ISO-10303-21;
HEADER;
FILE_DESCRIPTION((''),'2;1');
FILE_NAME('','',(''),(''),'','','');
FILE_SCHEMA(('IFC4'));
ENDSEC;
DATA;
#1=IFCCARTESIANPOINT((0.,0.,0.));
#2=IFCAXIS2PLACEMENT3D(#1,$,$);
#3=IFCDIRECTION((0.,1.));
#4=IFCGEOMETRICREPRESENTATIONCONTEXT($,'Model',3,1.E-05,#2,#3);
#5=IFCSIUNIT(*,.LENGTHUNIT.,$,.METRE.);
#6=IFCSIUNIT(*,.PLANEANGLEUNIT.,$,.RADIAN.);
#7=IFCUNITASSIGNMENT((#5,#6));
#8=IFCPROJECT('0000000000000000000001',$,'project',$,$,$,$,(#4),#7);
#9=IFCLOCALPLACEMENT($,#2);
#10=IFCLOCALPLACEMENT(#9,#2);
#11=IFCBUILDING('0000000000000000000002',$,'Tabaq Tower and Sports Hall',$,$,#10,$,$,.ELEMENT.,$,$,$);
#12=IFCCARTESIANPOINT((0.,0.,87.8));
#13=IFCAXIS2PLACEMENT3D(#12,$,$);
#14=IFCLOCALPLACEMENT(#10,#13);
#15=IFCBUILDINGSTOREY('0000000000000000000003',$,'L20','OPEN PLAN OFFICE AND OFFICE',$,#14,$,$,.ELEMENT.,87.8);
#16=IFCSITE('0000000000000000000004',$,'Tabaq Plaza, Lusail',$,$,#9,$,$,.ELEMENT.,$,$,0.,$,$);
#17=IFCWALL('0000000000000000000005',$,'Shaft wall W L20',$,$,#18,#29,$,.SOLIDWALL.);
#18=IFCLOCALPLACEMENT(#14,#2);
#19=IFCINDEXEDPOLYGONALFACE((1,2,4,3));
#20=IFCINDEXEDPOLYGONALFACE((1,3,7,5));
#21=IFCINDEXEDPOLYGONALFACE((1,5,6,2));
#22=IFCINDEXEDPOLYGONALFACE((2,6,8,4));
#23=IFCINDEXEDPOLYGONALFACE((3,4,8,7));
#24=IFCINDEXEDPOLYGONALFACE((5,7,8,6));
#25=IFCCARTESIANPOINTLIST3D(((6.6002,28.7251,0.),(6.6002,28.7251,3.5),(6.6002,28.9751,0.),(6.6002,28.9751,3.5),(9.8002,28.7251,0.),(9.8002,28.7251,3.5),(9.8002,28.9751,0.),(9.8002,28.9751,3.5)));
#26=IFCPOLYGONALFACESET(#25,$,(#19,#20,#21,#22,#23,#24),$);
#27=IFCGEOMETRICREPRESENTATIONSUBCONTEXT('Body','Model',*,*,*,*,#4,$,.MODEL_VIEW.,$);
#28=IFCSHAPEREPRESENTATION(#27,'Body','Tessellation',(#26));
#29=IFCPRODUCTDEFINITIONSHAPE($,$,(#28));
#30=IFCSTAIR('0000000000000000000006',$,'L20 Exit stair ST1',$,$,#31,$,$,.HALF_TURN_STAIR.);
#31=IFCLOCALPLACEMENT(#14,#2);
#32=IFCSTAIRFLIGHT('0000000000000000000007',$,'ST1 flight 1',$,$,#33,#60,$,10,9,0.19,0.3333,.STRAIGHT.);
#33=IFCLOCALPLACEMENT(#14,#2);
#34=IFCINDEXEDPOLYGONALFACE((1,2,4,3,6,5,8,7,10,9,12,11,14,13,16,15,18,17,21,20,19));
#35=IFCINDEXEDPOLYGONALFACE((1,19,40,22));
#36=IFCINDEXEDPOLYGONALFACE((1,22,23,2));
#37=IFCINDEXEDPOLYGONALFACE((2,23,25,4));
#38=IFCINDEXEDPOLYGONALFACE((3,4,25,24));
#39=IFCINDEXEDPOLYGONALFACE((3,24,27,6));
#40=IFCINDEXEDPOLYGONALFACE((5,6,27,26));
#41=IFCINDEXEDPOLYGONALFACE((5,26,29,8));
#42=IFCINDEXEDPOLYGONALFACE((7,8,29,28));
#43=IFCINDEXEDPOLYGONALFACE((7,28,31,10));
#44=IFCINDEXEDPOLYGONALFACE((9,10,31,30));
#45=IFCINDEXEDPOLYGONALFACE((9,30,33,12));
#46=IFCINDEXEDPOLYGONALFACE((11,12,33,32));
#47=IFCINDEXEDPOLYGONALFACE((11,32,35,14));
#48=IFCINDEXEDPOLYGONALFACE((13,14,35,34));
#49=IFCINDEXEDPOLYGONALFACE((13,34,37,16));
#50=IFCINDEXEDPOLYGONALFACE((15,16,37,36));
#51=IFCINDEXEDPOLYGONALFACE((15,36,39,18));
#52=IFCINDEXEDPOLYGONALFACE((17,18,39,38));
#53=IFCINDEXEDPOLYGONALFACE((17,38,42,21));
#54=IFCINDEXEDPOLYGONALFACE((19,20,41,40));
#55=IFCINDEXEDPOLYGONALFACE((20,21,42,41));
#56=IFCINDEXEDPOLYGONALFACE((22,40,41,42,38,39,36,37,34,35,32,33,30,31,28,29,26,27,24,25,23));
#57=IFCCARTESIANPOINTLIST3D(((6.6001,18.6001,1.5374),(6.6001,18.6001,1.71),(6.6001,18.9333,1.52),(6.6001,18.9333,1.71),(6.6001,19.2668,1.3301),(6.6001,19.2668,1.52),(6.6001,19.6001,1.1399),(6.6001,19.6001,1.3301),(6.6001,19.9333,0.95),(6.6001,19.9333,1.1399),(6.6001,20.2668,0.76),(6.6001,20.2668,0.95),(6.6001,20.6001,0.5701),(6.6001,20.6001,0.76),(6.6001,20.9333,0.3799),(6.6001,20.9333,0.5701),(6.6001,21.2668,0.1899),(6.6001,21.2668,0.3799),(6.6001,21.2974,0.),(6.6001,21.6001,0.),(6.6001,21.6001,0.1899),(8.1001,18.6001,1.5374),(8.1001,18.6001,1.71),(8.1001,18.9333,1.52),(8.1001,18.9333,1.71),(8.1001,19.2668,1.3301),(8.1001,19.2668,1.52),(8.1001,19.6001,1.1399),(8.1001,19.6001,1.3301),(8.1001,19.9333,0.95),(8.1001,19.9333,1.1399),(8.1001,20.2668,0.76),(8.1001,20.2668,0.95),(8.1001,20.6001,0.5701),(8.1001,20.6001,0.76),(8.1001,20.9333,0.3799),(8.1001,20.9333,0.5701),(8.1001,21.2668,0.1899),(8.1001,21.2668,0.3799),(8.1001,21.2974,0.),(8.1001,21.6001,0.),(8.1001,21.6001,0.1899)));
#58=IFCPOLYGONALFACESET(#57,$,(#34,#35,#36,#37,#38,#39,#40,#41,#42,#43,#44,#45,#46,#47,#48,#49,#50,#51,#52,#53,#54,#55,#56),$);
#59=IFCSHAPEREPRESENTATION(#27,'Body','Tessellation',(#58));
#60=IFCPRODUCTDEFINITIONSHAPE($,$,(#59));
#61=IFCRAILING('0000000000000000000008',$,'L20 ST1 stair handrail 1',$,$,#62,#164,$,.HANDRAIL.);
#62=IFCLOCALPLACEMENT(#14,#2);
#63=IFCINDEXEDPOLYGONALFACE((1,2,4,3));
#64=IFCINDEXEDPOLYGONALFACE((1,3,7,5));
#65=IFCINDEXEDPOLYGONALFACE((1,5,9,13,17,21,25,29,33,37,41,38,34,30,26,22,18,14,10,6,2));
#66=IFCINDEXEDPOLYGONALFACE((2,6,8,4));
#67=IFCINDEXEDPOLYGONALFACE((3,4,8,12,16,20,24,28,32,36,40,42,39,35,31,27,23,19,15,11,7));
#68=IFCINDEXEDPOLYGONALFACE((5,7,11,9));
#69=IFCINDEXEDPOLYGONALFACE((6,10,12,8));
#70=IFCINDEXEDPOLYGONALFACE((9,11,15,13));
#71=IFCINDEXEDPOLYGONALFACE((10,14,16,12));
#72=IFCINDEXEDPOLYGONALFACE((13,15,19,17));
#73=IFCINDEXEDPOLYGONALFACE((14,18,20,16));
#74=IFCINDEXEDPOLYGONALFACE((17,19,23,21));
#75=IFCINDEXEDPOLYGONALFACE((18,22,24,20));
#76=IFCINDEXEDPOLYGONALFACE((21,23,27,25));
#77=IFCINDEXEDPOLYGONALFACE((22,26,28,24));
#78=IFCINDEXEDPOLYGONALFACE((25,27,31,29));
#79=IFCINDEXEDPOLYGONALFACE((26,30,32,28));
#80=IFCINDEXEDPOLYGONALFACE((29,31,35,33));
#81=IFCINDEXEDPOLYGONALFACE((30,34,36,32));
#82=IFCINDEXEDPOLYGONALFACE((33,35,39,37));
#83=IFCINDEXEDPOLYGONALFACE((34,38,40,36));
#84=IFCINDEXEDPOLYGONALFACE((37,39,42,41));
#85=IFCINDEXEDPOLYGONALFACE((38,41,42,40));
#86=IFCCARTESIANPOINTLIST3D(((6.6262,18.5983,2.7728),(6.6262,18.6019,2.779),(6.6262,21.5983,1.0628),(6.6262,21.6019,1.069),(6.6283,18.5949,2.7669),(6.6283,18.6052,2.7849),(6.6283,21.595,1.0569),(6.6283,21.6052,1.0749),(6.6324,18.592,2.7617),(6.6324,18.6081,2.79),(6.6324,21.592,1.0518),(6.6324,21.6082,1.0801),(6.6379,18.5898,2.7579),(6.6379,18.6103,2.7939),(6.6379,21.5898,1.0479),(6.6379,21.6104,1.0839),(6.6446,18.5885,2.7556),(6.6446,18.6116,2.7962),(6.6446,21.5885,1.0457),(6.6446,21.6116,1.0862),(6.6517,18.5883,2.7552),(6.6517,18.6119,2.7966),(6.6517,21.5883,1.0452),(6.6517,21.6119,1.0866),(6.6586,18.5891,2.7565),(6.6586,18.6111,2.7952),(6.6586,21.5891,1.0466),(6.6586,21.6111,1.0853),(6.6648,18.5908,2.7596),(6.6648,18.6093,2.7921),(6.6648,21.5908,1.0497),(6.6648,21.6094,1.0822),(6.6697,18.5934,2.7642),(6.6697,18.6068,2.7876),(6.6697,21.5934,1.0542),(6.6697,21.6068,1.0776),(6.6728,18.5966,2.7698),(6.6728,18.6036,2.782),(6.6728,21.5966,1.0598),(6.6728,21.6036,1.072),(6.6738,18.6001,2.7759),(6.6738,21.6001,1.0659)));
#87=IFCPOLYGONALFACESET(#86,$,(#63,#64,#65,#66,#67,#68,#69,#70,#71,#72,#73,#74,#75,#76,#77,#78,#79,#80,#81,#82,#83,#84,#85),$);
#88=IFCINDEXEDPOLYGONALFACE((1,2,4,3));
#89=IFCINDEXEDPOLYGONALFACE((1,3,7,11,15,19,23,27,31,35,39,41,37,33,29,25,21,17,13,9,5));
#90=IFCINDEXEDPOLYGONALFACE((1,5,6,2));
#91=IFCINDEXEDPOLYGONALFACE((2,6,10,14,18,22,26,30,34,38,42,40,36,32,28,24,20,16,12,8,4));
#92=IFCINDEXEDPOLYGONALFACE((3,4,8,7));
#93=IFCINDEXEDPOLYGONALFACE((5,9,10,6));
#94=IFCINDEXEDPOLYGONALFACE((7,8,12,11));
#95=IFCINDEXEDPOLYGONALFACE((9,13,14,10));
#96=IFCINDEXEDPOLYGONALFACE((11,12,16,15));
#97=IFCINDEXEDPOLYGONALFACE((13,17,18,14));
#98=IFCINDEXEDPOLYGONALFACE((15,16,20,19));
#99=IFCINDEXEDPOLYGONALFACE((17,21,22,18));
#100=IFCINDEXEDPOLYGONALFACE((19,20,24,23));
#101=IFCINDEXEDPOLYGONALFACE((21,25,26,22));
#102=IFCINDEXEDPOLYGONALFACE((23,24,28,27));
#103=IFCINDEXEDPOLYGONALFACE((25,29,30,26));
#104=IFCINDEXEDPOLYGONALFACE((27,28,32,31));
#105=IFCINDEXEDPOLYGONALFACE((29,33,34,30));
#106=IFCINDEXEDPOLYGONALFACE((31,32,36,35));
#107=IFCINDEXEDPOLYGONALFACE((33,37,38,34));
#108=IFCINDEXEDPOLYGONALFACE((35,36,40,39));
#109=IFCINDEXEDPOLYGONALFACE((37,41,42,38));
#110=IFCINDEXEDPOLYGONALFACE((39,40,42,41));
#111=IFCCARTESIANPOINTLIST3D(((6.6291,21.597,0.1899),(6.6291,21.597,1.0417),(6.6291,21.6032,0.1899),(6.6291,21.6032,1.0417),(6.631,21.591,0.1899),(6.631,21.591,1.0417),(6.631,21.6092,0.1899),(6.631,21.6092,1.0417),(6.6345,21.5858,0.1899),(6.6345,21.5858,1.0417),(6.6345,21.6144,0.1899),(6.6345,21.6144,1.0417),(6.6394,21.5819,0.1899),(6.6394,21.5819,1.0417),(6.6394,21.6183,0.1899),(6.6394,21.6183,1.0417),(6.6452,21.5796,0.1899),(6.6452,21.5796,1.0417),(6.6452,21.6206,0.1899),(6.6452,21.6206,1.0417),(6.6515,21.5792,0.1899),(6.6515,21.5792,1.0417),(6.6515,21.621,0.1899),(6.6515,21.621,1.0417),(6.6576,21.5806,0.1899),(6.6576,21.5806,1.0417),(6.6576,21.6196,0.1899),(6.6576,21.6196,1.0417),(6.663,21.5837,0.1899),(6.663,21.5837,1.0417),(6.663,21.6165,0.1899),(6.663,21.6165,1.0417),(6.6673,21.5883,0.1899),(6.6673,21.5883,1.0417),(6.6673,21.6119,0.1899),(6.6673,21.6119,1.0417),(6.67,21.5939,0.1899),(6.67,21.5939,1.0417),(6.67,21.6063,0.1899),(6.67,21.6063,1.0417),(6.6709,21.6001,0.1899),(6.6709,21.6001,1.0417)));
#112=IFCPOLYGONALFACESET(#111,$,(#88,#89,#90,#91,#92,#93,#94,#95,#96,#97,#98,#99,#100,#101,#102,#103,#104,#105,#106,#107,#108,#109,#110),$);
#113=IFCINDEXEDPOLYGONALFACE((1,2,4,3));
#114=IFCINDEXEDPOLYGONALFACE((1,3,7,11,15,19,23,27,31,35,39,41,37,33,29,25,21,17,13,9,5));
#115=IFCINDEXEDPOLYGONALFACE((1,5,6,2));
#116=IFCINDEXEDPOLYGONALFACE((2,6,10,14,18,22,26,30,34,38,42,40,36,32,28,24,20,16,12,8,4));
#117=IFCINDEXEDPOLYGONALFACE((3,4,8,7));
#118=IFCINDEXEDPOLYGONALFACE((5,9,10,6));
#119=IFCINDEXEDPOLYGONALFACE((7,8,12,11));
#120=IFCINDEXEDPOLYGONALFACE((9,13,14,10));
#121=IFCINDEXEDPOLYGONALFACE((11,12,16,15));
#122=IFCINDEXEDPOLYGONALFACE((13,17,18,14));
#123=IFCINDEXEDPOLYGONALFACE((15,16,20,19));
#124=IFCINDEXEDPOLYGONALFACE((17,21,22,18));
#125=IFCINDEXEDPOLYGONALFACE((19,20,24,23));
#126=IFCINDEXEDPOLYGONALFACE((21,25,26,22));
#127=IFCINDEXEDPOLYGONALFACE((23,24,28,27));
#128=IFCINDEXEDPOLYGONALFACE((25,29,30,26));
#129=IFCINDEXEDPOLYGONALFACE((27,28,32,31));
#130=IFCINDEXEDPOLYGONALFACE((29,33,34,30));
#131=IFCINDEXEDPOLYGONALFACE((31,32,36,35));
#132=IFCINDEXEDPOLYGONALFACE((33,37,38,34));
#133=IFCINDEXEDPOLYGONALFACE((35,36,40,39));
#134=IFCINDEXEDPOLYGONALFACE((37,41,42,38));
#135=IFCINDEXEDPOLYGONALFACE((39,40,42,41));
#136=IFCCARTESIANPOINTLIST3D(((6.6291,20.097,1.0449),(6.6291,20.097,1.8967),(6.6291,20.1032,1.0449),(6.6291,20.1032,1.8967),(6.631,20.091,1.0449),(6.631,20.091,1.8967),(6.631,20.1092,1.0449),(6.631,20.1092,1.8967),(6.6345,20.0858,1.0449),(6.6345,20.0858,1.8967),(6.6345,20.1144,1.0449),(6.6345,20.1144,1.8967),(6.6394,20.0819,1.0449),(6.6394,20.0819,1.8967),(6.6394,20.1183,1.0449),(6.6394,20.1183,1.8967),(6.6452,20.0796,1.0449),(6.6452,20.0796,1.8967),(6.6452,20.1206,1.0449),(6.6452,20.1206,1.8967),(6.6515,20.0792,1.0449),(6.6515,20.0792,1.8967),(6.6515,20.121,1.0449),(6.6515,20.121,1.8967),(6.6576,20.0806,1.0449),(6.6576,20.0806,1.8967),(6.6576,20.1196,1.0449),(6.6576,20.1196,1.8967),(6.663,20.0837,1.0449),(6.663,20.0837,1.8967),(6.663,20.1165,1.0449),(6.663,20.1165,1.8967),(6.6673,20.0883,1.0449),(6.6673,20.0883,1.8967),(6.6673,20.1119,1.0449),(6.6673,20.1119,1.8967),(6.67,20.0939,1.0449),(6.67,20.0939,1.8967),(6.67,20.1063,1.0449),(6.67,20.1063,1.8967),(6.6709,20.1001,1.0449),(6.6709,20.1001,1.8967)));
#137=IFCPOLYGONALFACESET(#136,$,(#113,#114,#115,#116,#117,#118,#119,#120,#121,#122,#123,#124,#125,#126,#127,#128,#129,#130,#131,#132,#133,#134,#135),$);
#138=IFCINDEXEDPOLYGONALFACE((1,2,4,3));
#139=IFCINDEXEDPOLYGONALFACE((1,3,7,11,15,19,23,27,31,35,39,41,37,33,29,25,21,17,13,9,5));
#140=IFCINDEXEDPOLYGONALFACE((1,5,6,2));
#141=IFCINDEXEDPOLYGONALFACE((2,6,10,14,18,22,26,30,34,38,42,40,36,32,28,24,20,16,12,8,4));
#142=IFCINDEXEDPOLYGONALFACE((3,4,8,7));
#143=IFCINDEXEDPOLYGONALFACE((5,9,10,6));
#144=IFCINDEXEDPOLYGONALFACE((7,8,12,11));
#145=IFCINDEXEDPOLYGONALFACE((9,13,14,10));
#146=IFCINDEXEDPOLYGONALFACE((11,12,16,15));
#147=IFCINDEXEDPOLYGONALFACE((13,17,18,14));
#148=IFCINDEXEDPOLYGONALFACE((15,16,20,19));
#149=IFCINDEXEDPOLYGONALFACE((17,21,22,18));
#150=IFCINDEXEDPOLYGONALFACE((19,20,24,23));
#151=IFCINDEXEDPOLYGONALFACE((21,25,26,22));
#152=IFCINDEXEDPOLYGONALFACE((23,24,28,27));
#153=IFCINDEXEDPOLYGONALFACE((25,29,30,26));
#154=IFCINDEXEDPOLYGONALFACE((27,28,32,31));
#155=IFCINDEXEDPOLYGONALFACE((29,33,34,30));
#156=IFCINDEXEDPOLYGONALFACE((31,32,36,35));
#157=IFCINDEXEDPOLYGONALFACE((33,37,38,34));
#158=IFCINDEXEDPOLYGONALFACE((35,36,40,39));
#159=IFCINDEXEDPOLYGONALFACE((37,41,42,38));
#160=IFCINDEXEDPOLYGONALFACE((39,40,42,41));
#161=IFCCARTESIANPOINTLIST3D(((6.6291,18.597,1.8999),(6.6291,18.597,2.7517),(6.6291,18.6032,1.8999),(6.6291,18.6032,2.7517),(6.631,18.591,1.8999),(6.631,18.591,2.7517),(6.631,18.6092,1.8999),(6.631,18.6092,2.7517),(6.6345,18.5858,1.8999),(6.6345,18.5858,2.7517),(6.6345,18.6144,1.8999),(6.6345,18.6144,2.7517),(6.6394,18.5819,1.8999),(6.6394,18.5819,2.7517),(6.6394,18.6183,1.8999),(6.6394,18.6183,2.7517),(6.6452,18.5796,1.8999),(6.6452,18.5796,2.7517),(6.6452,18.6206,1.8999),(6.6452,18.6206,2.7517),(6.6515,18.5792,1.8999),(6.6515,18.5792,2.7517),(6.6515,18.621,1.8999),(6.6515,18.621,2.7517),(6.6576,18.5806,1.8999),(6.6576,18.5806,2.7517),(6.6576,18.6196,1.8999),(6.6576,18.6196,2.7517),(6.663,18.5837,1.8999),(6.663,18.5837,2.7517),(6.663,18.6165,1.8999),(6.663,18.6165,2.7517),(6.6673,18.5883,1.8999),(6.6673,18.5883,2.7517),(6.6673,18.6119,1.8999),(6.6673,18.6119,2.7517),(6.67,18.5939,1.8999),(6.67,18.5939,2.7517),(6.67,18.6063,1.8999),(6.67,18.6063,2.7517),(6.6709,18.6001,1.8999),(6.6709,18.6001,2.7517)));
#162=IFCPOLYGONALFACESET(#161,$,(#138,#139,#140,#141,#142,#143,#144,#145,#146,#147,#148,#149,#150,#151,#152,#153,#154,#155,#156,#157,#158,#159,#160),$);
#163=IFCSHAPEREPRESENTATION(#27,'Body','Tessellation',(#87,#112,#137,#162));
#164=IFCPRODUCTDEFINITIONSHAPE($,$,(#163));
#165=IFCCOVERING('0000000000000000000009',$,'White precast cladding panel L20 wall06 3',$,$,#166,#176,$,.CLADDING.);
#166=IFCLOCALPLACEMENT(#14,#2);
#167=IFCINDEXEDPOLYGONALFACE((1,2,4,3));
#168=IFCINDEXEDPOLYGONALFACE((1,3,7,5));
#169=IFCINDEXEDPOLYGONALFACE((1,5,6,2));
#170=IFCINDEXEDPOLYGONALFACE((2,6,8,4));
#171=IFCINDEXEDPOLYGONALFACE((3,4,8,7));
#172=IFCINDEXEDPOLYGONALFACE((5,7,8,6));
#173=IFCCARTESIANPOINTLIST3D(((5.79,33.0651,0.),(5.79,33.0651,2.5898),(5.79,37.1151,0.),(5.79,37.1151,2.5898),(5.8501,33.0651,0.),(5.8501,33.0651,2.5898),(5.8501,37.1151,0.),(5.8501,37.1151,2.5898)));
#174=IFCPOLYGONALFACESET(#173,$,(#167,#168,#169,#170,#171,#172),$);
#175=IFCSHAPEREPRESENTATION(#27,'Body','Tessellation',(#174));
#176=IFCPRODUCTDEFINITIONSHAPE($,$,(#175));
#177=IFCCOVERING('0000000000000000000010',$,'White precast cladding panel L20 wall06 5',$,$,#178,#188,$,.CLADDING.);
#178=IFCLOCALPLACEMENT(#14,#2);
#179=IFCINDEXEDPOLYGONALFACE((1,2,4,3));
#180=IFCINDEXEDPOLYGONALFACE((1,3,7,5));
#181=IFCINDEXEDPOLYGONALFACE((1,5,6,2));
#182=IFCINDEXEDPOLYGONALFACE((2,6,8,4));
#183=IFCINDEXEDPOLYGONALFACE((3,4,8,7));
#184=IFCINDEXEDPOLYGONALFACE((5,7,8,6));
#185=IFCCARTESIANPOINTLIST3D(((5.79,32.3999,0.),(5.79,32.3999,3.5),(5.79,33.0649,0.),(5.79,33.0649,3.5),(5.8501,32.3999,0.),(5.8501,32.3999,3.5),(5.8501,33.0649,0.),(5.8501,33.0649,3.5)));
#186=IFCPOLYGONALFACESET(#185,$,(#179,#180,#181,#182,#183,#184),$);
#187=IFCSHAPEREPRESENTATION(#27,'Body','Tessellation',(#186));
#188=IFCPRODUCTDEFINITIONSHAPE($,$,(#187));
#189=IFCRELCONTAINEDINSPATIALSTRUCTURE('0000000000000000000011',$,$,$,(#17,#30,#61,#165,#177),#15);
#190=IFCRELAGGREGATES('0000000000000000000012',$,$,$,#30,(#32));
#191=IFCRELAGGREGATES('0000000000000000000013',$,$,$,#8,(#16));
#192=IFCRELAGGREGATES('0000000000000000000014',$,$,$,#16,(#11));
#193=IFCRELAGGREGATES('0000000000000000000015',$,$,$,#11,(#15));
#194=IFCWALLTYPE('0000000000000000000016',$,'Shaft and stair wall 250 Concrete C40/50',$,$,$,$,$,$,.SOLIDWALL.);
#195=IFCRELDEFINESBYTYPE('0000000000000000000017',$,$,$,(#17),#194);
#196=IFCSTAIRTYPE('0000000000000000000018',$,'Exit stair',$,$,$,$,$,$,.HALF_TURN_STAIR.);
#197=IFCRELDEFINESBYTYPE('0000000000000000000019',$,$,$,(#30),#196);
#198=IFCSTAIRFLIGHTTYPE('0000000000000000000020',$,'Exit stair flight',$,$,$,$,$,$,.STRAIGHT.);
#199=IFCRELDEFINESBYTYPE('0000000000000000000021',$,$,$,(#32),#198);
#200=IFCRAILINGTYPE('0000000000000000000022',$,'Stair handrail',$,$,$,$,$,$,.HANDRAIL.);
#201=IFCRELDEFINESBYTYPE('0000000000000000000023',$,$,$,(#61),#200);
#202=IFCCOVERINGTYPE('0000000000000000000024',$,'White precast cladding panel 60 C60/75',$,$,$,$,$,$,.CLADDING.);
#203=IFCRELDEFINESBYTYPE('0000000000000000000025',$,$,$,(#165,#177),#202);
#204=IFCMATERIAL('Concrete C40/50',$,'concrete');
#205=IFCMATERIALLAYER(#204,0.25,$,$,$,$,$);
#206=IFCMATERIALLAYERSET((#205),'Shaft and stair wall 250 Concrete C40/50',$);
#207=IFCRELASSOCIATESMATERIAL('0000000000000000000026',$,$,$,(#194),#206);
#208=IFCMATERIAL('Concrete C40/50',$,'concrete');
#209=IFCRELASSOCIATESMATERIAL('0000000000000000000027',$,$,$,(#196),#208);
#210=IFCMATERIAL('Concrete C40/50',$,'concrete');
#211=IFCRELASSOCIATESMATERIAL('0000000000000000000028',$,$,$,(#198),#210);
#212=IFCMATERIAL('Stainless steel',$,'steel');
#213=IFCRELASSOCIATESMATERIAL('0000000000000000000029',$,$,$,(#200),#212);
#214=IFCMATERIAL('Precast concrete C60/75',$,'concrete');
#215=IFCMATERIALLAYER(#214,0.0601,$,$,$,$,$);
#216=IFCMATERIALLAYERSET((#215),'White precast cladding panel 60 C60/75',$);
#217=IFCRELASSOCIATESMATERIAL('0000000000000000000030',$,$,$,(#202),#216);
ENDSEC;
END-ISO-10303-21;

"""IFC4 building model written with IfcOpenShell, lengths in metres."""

from ifc_helpers import new_model, si_unit, direction, frame, frame_2d, origin, origin_2d, place, context, subcontext, project, spatial, polyline, rectangle, circle, outline, extrude, material, layer, layer_set, type_object, element, aggregate, save


model = new_model("IFC4")

# Units and contexts
model_context = context("Model", 3, precision=1e-05, world=origin(), true_north=direction((0.0, 1.0)))
body_context = subcontext(model_context, "Body", "Model", "MODEL_VIEW")
ifc_project = project(units=[si_unit("LENGTHUNIT", "METRE"), si_unit("PLANEANGLEUNIT", "RADIAN")], contexts=[model_context])

# Site, building, storey
site_placement = place(None, origin())
site = spatial("IfcSite", under=ifc_project, at=site_placement, Name="Tabaq Plaza, Lusail", CompositionType="ELEMENT", RefElevation=0.0)
building_placement = place(site_placement, origin())
building = spatial("IfcBuilding", under=site, at=building_placement, Name="Tabaq Tower and Sports Hall", CompositionType="ELEMENT")
storey_placement = place(building_placement, frame((0.0, 0.0, 87.8)))
storey = spatial("IfcBuildingStorey", under=building, at=storey_placement, Name="L20", Description="OPEN PLAN OFFICE AND OFFICE", CompositionType="ELEMENT", Elevation=87.8)

# Shared definitions
ifc_material_1 = material(Name="Concrete C40/50", Category="concrete")
ifc_layer_1 = layer(ifc_material_1, 0.25)
ifc_layer_set_1 = layer_set([ifc_layer_1], Name="Shaft and stair wall 250 Concrete C40/50")
wall_type_1 = type_object("IfcWallType", Name="Shaft and stair wall 250 Concrete C40/50", PredefinedType="SOLIDWALL", material=ifc_layer_set_1)

# Wall
wall_1_placement = place(storey_placement, frame((6.6001, 28.8501, 0.0), z_axis=(0.0, 0.0, 1.0), x_axis=(1.0, 0.0, 0.0)))
element("IfcWall", 1, at=wall_1_placement, inside=storey, type_object=wall_type_1, Name="Shaft wall W L20", PredefinedType="SOLIDWALL", context=body_context, shape_type="SweptSolid", body=[
    extrude(rectangle(XDim=3.2, YDim=0.25, at=frame_2d((1.6001, 0.0))), origin(), (0.0, 0.0, 1.0), 3.5),
])

# Stair, stair flight
ifc_material_2 = material(Name="Concrete C40/50", Category="concrete")
stair_type = type_object("IfcStairType", Name="Exit stair", PredefinedType="HALF_TURN_STAIR", material=ifc_material_2)
stair_placement = place(storey_placement, origin())
stair = element("IfcStair", 2, at=stair_placement, inside=storey, type_object=stair_type, Name="L20 Exit stair ST1", PredefinedType="HALF_TURN_STAIR")
ifc_material_3 = material(Name="Concrete C40/50", Category="concrete")
stair_flight_type = type_object("IfcStairFlightType", Name="Exit stair flight", PredefinedType="STRAIGHT", material=ifc_material_3)
stair_flight_placement = place(storey_placement, frame((7.3501, 21.6001, 0.0), z_axis=(0.0, 0.0, 1.0), x_axis=(0.0, -1.0, 0.0)))
stair_flight = element("IfcStairFlight", 3, at=stair_flight_placement, type_object=stair_flight_type, Name="ST1 flight 1", NumberOfRisers=10, NumberOfTreads=9, PredefinedType="STRAIGHT", RiserHeight=0.19, TreadLength=0.3333, context=body_context, shape_type="SweptSolid", body=[
    extrude(outline(polyline([(0.0, 0.0), (0.0, 0.1899), (0.3333, 0.1899), (0.3333, 0.3799), (0.6667, 0.3799), (0.6667, 0.5701), (1.0, 0.5701), (1.0, 0.76), (1.3333, 0.76), (1.3333, 0.95), (1.6667, 0.95), (1.6667, 1.1399), (2.0, 1.1399), (2.0, 1.3301), (2.3333, 1.3301), (2.3333, 1.52), (2.6667, 1.52), (2.6667, 1.71), (3.0, 1.71), (3.0, 1.8999), (3.0, 1.5374), (0.3027, 0.0), (0.0, 0.0)])), frame((0.0, 0.75, 0.0), z_axis=(0.0, -1.0, 0.0), x_axis=(1.0, 0.0, 0.0)), (0.0, 0.0, 1.0), 1.5),
])
aggregate(stair, [stair_flight])

# Railing
ifc_material_4 = material(Name="Stainless steel", Category="steel")
railing_type_1 = type_object("IfcRailingType", Name="Stair handrail", PredefinedType="HANDRAIL", material=ifc_material_4)
railing_1_placement = place(storey_placement, frame((6.6499, 21.6001, 0.1899)))
element("IfcRailing", 4, at=railing_1_placement, inside=storey, type_object=railing_type_1, Name="L20 ST1 stair handrail 1", PredefinedType="HANDRAIL", context=body_context, shape_type="SweptSolid", body=[
    extrude(circle(Radius=0.0239, at=origin_2d()), frame((0.0, 0.0, 0.876), z_axis=(0.0, -0.868782, 0.495195), x_axis=(1.0, 0.0, 0.0)), (0.0, 0.0, 1.0), 3.4531),
    extrude(circle(Radius=0.021, at=origin_2d()), origin(), (0.0, 0.0, 1.0), 0.8518),
    extrude(circle(Radius=0.021, at=origin_2d()), frame((0.0, -1.5, 0.855)), (0.0, 0.0, 1.0), 0.8518),
    extrude(circle(Radius=0.021, at=origin_2d()), frame((0.0, -3.0, 1.71)), (0.0, 0.0, 1.0), 0.8518),
])

# Coverings
ifc_material_5 = material(Name="Precast concrete C60/75", Category="concrete")
ifc_layer_2 = layer(ifc_material_5, 0.0601)
ifc_layer_set_2 = layer_set([ifc_layer_2], Name="White precast cladding panel 60 C60/75")
covering_type = type_object("IfcCoveringType", Name="White precast cladding panel 60 C60/75", PredefinedType="CLADDING", material=ifc_layer_set_2)
covering_1_placement = place(storey_placement, frame((5.8201, 37.115, 0.0), z_axis=(0.0, 0.0, 1.0), x_axis=(0.0, -1.0, 0.0)))
element("IfcCovering", 5, at=covering_1_placement, inside=storey, type_object=covering_type, Name="White precast cladding panel L20 wall06 3", PredefinedType="CLADDING", context=body_context, shape_type="SweptSolid", body=[
    extrude(rectangle(XDim=4.05, YDim=0.0601, at=frame_2d((2.0249, 0.0))), origin(), (0.0, 0.0, 1.0), 2.5898),
])
covering_2_placement = place(storey_placement, frame((5.8201, 33.0649, 0.0), z_axis=(0.0, 0.0, 1.0), x_axis=(0.0, -1.0, 0.0)))
element("IfcCovering", 6, at=covering_2_placement, inside=storey, type_object=covering_type, Name="White precast cladding panel L20 wall06 5", PredefinedType="CLADDING", context=body_context, shape_type="SweptSolid", body=[
    extrude(rectangle(XDim=0.665, YDim=0.0601, at=frame_2d((0.3325, 0.0))), origin(), (0.0, 0.0, 1.0), 3.5),
])

save(model, "model.ifc")
